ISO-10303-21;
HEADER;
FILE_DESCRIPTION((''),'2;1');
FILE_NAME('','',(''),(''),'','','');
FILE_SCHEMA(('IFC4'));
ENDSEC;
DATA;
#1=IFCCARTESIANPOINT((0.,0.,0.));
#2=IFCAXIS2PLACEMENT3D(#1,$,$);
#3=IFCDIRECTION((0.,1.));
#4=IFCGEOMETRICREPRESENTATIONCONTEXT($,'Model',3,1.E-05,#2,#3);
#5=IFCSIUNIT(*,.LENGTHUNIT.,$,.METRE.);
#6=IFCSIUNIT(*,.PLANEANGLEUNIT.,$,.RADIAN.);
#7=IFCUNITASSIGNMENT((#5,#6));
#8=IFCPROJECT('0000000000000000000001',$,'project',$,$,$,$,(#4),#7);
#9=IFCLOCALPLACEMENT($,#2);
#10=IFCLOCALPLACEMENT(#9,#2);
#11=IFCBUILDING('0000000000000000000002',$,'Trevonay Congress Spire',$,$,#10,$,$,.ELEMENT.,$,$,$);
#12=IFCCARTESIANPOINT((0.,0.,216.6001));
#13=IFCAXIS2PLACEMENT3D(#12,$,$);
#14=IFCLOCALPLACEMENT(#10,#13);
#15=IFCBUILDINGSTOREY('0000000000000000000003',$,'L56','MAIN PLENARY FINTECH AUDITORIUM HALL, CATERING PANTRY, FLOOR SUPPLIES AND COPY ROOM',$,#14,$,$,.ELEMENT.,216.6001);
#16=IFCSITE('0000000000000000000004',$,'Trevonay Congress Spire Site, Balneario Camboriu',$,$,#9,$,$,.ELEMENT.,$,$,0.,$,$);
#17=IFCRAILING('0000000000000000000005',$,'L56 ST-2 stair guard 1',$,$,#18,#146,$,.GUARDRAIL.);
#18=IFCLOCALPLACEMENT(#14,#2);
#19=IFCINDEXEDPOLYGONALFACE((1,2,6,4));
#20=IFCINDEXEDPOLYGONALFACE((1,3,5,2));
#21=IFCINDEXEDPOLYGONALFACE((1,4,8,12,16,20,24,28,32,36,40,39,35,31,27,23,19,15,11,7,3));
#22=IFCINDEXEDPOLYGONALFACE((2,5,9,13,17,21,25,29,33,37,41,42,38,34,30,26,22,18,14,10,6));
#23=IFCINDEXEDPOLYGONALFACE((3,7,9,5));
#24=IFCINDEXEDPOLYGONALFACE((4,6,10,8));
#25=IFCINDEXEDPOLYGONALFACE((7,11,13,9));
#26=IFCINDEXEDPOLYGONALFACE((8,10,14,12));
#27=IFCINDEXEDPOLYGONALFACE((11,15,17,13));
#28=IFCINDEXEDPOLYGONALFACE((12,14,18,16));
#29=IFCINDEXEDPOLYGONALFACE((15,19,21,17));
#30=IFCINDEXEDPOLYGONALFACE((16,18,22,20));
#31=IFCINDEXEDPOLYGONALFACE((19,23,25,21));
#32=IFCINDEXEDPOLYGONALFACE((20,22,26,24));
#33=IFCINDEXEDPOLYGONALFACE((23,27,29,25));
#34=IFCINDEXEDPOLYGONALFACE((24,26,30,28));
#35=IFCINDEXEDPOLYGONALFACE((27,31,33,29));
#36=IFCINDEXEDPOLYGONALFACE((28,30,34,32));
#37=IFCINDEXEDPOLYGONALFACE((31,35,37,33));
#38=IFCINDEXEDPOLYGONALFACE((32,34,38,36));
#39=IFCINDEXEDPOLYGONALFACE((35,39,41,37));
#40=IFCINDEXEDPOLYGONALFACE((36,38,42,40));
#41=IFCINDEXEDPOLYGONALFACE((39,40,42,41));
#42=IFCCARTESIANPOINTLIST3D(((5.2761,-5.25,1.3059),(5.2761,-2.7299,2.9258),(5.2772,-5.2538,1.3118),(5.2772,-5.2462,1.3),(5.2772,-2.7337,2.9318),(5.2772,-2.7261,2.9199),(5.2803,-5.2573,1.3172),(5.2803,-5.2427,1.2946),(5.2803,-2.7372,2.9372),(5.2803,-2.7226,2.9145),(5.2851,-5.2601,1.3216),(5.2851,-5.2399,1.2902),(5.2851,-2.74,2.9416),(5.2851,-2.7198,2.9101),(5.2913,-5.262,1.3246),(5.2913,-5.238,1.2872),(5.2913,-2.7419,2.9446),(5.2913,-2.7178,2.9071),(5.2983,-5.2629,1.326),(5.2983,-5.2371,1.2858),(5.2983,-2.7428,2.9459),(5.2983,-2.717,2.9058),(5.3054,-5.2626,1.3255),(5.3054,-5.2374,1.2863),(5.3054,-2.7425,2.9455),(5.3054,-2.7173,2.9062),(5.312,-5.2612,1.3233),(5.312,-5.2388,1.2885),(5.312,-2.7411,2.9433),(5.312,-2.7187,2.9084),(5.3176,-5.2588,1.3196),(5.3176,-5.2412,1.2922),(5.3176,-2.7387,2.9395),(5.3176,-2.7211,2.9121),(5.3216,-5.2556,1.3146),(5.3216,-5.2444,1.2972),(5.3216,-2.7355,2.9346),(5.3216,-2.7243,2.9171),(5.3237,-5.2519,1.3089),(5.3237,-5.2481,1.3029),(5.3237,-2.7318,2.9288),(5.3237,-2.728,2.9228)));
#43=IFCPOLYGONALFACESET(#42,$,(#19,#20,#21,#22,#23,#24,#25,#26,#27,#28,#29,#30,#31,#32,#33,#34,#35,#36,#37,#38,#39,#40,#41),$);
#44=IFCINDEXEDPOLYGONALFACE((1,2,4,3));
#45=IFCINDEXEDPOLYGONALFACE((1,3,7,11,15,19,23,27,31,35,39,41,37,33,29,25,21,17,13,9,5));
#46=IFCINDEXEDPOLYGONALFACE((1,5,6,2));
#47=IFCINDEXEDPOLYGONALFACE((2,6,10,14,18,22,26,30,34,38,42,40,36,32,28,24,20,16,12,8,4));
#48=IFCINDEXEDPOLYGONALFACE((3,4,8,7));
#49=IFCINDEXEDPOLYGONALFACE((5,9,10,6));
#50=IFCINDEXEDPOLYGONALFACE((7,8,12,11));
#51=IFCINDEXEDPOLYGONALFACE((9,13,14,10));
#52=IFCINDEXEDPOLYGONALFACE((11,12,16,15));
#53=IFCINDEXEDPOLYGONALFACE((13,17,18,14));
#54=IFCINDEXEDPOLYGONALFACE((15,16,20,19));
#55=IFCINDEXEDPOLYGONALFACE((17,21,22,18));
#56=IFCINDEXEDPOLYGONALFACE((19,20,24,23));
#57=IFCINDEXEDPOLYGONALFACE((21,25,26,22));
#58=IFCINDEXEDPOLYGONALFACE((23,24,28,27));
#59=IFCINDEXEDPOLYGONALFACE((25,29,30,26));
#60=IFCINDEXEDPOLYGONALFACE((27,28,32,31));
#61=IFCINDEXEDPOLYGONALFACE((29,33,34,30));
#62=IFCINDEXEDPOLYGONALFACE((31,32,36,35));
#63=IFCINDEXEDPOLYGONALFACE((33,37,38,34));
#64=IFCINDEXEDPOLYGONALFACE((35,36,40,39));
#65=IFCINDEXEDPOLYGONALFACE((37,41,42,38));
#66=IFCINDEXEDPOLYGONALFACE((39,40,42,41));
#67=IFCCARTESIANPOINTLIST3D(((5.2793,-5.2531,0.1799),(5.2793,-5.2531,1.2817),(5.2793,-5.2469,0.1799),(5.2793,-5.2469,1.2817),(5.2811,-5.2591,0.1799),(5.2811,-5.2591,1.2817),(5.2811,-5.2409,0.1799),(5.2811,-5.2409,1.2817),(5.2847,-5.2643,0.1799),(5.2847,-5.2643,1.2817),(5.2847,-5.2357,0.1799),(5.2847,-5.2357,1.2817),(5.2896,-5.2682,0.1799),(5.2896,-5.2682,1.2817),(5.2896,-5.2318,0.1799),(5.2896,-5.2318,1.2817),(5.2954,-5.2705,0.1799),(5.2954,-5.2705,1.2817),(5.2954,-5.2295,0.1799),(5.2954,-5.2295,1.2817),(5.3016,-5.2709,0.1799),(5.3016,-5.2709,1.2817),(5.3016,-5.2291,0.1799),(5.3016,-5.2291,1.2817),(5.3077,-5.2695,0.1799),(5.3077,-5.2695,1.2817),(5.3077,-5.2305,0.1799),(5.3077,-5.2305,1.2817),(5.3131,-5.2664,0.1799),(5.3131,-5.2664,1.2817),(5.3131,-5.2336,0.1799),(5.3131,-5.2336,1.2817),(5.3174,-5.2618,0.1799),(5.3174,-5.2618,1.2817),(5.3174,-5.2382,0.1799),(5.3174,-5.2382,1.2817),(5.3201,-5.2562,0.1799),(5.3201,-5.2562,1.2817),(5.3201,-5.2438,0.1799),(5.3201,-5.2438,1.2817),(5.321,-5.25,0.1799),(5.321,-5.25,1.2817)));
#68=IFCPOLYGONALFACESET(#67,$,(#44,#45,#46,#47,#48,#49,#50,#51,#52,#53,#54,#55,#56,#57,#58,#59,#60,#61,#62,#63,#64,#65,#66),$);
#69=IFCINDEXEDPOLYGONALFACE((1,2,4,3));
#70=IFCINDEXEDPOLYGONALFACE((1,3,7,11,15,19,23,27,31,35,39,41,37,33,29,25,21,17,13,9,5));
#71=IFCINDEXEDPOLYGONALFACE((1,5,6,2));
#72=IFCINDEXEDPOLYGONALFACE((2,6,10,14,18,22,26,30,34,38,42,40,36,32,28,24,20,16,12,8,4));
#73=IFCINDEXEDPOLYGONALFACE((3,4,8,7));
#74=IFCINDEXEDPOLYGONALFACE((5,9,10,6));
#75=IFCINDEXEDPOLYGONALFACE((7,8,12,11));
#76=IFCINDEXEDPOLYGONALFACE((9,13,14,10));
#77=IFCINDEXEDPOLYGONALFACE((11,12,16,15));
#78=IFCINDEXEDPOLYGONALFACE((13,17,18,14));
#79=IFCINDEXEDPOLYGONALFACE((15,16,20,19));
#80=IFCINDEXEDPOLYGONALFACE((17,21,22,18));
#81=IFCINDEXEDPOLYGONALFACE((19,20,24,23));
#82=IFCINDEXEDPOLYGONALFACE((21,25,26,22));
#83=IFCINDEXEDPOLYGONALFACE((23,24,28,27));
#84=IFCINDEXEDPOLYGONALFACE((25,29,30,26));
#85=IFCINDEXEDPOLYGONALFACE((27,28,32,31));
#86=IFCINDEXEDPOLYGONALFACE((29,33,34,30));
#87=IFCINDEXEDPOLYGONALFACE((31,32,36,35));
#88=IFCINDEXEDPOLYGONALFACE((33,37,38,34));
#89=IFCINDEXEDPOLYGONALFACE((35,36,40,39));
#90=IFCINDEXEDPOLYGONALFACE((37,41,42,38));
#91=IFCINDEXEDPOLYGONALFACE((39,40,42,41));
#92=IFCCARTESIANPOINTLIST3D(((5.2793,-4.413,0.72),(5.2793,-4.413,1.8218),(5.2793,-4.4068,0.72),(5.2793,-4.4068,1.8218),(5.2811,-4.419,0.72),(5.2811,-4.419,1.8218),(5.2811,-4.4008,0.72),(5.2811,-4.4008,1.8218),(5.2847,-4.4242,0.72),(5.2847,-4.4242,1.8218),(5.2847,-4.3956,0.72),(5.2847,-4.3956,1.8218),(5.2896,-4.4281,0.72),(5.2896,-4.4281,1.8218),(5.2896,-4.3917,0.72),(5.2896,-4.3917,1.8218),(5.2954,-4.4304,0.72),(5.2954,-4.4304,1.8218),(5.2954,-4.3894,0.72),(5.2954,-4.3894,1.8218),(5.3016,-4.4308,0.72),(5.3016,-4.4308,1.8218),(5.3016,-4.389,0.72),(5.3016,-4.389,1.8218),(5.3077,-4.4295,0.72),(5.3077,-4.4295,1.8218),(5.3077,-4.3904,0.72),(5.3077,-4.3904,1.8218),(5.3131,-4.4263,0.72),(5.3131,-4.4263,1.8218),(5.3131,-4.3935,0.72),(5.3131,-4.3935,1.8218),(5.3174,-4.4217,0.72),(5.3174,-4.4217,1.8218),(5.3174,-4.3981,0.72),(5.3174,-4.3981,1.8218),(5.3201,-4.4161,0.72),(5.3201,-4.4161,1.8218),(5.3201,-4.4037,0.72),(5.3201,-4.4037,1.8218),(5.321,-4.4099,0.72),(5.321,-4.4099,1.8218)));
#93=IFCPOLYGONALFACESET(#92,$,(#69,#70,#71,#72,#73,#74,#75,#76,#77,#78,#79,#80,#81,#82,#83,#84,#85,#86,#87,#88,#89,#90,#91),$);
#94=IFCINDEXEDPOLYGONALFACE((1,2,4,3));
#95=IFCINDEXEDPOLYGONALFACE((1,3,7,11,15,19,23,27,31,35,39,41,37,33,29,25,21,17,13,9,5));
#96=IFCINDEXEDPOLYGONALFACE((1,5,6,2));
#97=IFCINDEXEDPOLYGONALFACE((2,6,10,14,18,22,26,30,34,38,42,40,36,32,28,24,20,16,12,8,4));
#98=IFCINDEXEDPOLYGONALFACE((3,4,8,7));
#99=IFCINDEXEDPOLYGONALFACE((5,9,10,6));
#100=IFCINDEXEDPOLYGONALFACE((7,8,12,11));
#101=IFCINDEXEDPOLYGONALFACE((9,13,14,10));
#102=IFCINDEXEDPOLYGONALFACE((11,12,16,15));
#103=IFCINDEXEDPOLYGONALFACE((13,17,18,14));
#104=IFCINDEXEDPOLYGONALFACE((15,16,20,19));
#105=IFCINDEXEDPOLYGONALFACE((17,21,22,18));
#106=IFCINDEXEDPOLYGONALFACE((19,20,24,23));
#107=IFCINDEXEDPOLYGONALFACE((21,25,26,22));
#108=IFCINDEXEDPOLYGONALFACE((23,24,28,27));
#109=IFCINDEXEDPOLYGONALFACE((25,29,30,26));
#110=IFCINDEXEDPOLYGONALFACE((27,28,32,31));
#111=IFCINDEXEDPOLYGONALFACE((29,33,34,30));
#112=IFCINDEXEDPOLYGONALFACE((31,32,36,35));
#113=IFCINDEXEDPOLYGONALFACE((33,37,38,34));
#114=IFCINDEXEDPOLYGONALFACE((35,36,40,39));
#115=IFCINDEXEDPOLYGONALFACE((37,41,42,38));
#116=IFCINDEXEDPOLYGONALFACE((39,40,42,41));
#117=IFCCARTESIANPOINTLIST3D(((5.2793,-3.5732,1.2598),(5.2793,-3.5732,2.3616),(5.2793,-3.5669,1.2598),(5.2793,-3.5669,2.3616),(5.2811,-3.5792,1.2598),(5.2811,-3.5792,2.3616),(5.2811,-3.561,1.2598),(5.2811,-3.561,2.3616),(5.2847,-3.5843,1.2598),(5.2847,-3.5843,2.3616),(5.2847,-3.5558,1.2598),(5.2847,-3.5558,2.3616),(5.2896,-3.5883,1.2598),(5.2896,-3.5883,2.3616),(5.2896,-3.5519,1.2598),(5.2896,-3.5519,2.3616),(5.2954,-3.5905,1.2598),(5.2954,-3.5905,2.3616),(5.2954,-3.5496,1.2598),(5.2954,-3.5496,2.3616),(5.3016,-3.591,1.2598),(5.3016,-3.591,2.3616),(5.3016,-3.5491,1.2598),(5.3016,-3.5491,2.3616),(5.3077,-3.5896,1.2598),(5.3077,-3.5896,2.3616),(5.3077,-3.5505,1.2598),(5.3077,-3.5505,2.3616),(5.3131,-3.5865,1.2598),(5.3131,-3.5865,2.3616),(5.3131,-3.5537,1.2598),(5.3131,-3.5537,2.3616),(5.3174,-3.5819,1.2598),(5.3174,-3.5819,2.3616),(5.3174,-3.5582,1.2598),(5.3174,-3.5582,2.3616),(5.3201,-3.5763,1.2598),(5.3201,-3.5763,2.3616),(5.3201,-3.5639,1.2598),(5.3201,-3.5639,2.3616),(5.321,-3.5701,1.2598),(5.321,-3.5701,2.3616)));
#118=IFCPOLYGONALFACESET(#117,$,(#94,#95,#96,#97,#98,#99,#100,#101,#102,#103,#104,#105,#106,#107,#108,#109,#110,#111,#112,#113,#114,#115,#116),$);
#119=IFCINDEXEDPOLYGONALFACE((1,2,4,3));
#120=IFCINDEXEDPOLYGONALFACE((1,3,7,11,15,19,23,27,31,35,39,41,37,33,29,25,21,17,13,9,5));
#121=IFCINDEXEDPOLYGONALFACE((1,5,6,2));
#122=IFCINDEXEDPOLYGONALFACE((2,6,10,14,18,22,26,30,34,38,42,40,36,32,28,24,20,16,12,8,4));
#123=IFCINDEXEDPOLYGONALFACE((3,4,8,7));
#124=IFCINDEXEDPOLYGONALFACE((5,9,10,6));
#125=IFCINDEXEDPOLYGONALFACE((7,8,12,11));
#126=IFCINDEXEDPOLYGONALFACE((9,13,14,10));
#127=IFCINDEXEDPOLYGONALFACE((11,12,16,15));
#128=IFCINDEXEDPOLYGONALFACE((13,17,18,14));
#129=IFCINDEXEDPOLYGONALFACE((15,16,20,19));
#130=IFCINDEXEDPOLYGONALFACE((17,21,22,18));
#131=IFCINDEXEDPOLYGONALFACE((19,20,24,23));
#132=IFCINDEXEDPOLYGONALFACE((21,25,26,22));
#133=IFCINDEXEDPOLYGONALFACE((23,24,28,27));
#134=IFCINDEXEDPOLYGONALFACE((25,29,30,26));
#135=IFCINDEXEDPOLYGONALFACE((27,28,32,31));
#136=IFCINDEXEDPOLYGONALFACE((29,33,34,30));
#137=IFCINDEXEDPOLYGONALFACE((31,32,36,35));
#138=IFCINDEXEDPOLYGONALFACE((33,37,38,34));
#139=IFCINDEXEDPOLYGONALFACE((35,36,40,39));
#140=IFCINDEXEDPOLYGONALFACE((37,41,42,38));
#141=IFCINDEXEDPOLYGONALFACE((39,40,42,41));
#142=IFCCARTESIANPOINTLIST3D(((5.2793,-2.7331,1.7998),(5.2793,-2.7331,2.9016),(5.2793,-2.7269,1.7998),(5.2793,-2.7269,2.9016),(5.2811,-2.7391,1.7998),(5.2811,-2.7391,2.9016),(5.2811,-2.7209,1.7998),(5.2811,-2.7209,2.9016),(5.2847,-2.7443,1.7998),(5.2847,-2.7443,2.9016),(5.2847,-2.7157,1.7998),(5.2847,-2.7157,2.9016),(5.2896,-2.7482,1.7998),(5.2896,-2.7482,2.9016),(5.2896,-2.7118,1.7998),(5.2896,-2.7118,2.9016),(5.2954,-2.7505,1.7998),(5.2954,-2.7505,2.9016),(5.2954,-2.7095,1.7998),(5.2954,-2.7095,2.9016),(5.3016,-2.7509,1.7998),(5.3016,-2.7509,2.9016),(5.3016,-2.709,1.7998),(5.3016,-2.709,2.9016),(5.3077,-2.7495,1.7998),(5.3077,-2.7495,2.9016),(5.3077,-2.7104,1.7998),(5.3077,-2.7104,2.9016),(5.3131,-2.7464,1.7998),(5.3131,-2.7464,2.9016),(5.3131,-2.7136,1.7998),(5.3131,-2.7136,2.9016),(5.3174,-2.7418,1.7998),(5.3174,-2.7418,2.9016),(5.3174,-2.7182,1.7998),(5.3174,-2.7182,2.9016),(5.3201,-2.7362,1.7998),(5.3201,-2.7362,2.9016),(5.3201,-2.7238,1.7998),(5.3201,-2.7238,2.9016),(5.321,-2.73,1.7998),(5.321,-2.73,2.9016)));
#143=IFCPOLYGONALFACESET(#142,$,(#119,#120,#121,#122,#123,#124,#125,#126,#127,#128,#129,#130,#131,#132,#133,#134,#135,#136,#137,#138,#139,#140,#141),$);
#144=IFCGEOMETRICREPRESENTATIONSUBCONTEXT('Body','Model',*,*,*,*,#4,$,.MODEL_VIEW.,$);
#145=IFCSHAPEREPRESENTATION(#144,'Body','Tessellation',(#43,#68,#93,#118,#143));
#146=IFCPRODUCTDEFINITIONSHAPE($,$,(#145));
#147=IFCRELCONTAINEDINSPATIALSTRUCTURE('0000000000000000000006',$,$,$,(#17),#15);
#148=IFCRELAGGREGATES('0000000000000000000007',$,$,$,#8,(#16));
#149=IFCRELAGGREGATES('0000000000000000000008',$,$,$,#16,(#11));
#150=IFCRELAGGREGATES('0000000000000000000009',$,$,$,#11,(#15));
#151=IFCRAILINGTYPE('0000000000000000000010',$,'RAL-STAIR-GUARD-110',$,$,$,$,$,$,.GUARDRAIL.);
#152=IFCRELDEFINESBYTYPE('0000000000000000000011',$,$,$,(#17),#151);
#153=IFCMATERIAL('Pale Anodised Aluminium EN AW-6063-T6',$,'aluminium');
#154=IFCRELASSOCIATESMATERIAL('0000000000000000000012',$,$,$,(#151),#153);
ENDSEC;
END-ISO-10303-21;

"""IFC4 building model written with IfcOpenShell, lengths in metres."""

from ifc_helpers import new_model, si_unit, direction, frame, origin, origin_2d, place, context, subcontext, project, spatial, circle, extrude, material, type_object, element, save


model = new_model("IFC4")

# Units and contexts
model_context = context("Model", 3, precision=1e-05, world=origin(), true_north=direction((0.0, 1.0)))
body_context = subcontext(model_context, "Body", "Model", "MODEL_VIEW")
ifc_project = project(units=[si_unit("LENGTHUNIT", "METRE"), si_unit("PLANEANGLEUNIT", "RADIAN")], contexts=[model_context])

# Site, building, storey
site_placement = place(None, origin())
site = spatial("IfcSite", under=ifc_project, at=site_placement, Name="Trevonay Congress Spire Site, Balneario Camboriu", CompositionType="ELEMENT", RefElevation=0.0)
building_placement = place(site_placement, origin())
building = spatial("IfcBuilding", under=site, at=building_placement, Name="Trevonay Congress Spire", CompositionType="ELEMENT")
storey_placement = place(building_placement, frame((0.0, 0.0, 216.6001)))
storey = spatial("IfcBuildingStorey", under=building, at=storey_placement, Name="L56", Description="MAIN PLENARY FINTECH AUDITORIUM HALL, CATERING PANTRY, FLOOR SUPPLIES AND COPY ROOM", CompositionType="ELEMENT", Elevation=216.6001)

# Railing
ifc_material_1 = material(Name="Pale Anodised Aluminium EN AW-6063-T6", Category="aluminium")
railing_type_1 = type_object("IfcRailingType", Name="RAL-STAIR-GUARD-110", PredefinedType="GUARDRAIL", material=ifc_material_1)
railing_1_placement = place(storey_placement, frame((5.3, -5.25, 0.1799)))
element("IfcRailing", 1, at=railing_1_placement, inside=storey, type_object=railing_type_1, Name="L56 ST-2 stair guard 1", PredefinedType="GUARDRAIL", context=body_context, shape_type="SweptSolid", body=[
    extrude(circle(Radius=0.0239, at=origin_2d()), frame((0.0, 0.0, 1.126), z_axis=(0.0, 0.8412, 0.540725), x_axis=(-1.0, 0.0, 0.0)), (0.0, 0.0, 1.0), 2.9958),
    extrude(circle(Radius=0.021, at=origin_2d()), origin(), (0.0, 0.0, 1.0), 1.1018),
    extrude(circle(Radius=0.021, at=origin_2d()), frame((0.0, 0.8401, 0.54)), (0.0, 0.0, 1.0), 1.1018),
    extrude(circle(Radius=0.021, at=origin_2d()), frame((0.0, 1.6799, 1.0798)), (0.0, 0.0, 1.0), 1.1018),
    extrude(circle(Radius=0.021, at=origin_2d()), frame((0.0, 2.52, 1.6199)), (0.0, 0.0, 1.0), 1.1018),
])

save(model, "model.ifc")
